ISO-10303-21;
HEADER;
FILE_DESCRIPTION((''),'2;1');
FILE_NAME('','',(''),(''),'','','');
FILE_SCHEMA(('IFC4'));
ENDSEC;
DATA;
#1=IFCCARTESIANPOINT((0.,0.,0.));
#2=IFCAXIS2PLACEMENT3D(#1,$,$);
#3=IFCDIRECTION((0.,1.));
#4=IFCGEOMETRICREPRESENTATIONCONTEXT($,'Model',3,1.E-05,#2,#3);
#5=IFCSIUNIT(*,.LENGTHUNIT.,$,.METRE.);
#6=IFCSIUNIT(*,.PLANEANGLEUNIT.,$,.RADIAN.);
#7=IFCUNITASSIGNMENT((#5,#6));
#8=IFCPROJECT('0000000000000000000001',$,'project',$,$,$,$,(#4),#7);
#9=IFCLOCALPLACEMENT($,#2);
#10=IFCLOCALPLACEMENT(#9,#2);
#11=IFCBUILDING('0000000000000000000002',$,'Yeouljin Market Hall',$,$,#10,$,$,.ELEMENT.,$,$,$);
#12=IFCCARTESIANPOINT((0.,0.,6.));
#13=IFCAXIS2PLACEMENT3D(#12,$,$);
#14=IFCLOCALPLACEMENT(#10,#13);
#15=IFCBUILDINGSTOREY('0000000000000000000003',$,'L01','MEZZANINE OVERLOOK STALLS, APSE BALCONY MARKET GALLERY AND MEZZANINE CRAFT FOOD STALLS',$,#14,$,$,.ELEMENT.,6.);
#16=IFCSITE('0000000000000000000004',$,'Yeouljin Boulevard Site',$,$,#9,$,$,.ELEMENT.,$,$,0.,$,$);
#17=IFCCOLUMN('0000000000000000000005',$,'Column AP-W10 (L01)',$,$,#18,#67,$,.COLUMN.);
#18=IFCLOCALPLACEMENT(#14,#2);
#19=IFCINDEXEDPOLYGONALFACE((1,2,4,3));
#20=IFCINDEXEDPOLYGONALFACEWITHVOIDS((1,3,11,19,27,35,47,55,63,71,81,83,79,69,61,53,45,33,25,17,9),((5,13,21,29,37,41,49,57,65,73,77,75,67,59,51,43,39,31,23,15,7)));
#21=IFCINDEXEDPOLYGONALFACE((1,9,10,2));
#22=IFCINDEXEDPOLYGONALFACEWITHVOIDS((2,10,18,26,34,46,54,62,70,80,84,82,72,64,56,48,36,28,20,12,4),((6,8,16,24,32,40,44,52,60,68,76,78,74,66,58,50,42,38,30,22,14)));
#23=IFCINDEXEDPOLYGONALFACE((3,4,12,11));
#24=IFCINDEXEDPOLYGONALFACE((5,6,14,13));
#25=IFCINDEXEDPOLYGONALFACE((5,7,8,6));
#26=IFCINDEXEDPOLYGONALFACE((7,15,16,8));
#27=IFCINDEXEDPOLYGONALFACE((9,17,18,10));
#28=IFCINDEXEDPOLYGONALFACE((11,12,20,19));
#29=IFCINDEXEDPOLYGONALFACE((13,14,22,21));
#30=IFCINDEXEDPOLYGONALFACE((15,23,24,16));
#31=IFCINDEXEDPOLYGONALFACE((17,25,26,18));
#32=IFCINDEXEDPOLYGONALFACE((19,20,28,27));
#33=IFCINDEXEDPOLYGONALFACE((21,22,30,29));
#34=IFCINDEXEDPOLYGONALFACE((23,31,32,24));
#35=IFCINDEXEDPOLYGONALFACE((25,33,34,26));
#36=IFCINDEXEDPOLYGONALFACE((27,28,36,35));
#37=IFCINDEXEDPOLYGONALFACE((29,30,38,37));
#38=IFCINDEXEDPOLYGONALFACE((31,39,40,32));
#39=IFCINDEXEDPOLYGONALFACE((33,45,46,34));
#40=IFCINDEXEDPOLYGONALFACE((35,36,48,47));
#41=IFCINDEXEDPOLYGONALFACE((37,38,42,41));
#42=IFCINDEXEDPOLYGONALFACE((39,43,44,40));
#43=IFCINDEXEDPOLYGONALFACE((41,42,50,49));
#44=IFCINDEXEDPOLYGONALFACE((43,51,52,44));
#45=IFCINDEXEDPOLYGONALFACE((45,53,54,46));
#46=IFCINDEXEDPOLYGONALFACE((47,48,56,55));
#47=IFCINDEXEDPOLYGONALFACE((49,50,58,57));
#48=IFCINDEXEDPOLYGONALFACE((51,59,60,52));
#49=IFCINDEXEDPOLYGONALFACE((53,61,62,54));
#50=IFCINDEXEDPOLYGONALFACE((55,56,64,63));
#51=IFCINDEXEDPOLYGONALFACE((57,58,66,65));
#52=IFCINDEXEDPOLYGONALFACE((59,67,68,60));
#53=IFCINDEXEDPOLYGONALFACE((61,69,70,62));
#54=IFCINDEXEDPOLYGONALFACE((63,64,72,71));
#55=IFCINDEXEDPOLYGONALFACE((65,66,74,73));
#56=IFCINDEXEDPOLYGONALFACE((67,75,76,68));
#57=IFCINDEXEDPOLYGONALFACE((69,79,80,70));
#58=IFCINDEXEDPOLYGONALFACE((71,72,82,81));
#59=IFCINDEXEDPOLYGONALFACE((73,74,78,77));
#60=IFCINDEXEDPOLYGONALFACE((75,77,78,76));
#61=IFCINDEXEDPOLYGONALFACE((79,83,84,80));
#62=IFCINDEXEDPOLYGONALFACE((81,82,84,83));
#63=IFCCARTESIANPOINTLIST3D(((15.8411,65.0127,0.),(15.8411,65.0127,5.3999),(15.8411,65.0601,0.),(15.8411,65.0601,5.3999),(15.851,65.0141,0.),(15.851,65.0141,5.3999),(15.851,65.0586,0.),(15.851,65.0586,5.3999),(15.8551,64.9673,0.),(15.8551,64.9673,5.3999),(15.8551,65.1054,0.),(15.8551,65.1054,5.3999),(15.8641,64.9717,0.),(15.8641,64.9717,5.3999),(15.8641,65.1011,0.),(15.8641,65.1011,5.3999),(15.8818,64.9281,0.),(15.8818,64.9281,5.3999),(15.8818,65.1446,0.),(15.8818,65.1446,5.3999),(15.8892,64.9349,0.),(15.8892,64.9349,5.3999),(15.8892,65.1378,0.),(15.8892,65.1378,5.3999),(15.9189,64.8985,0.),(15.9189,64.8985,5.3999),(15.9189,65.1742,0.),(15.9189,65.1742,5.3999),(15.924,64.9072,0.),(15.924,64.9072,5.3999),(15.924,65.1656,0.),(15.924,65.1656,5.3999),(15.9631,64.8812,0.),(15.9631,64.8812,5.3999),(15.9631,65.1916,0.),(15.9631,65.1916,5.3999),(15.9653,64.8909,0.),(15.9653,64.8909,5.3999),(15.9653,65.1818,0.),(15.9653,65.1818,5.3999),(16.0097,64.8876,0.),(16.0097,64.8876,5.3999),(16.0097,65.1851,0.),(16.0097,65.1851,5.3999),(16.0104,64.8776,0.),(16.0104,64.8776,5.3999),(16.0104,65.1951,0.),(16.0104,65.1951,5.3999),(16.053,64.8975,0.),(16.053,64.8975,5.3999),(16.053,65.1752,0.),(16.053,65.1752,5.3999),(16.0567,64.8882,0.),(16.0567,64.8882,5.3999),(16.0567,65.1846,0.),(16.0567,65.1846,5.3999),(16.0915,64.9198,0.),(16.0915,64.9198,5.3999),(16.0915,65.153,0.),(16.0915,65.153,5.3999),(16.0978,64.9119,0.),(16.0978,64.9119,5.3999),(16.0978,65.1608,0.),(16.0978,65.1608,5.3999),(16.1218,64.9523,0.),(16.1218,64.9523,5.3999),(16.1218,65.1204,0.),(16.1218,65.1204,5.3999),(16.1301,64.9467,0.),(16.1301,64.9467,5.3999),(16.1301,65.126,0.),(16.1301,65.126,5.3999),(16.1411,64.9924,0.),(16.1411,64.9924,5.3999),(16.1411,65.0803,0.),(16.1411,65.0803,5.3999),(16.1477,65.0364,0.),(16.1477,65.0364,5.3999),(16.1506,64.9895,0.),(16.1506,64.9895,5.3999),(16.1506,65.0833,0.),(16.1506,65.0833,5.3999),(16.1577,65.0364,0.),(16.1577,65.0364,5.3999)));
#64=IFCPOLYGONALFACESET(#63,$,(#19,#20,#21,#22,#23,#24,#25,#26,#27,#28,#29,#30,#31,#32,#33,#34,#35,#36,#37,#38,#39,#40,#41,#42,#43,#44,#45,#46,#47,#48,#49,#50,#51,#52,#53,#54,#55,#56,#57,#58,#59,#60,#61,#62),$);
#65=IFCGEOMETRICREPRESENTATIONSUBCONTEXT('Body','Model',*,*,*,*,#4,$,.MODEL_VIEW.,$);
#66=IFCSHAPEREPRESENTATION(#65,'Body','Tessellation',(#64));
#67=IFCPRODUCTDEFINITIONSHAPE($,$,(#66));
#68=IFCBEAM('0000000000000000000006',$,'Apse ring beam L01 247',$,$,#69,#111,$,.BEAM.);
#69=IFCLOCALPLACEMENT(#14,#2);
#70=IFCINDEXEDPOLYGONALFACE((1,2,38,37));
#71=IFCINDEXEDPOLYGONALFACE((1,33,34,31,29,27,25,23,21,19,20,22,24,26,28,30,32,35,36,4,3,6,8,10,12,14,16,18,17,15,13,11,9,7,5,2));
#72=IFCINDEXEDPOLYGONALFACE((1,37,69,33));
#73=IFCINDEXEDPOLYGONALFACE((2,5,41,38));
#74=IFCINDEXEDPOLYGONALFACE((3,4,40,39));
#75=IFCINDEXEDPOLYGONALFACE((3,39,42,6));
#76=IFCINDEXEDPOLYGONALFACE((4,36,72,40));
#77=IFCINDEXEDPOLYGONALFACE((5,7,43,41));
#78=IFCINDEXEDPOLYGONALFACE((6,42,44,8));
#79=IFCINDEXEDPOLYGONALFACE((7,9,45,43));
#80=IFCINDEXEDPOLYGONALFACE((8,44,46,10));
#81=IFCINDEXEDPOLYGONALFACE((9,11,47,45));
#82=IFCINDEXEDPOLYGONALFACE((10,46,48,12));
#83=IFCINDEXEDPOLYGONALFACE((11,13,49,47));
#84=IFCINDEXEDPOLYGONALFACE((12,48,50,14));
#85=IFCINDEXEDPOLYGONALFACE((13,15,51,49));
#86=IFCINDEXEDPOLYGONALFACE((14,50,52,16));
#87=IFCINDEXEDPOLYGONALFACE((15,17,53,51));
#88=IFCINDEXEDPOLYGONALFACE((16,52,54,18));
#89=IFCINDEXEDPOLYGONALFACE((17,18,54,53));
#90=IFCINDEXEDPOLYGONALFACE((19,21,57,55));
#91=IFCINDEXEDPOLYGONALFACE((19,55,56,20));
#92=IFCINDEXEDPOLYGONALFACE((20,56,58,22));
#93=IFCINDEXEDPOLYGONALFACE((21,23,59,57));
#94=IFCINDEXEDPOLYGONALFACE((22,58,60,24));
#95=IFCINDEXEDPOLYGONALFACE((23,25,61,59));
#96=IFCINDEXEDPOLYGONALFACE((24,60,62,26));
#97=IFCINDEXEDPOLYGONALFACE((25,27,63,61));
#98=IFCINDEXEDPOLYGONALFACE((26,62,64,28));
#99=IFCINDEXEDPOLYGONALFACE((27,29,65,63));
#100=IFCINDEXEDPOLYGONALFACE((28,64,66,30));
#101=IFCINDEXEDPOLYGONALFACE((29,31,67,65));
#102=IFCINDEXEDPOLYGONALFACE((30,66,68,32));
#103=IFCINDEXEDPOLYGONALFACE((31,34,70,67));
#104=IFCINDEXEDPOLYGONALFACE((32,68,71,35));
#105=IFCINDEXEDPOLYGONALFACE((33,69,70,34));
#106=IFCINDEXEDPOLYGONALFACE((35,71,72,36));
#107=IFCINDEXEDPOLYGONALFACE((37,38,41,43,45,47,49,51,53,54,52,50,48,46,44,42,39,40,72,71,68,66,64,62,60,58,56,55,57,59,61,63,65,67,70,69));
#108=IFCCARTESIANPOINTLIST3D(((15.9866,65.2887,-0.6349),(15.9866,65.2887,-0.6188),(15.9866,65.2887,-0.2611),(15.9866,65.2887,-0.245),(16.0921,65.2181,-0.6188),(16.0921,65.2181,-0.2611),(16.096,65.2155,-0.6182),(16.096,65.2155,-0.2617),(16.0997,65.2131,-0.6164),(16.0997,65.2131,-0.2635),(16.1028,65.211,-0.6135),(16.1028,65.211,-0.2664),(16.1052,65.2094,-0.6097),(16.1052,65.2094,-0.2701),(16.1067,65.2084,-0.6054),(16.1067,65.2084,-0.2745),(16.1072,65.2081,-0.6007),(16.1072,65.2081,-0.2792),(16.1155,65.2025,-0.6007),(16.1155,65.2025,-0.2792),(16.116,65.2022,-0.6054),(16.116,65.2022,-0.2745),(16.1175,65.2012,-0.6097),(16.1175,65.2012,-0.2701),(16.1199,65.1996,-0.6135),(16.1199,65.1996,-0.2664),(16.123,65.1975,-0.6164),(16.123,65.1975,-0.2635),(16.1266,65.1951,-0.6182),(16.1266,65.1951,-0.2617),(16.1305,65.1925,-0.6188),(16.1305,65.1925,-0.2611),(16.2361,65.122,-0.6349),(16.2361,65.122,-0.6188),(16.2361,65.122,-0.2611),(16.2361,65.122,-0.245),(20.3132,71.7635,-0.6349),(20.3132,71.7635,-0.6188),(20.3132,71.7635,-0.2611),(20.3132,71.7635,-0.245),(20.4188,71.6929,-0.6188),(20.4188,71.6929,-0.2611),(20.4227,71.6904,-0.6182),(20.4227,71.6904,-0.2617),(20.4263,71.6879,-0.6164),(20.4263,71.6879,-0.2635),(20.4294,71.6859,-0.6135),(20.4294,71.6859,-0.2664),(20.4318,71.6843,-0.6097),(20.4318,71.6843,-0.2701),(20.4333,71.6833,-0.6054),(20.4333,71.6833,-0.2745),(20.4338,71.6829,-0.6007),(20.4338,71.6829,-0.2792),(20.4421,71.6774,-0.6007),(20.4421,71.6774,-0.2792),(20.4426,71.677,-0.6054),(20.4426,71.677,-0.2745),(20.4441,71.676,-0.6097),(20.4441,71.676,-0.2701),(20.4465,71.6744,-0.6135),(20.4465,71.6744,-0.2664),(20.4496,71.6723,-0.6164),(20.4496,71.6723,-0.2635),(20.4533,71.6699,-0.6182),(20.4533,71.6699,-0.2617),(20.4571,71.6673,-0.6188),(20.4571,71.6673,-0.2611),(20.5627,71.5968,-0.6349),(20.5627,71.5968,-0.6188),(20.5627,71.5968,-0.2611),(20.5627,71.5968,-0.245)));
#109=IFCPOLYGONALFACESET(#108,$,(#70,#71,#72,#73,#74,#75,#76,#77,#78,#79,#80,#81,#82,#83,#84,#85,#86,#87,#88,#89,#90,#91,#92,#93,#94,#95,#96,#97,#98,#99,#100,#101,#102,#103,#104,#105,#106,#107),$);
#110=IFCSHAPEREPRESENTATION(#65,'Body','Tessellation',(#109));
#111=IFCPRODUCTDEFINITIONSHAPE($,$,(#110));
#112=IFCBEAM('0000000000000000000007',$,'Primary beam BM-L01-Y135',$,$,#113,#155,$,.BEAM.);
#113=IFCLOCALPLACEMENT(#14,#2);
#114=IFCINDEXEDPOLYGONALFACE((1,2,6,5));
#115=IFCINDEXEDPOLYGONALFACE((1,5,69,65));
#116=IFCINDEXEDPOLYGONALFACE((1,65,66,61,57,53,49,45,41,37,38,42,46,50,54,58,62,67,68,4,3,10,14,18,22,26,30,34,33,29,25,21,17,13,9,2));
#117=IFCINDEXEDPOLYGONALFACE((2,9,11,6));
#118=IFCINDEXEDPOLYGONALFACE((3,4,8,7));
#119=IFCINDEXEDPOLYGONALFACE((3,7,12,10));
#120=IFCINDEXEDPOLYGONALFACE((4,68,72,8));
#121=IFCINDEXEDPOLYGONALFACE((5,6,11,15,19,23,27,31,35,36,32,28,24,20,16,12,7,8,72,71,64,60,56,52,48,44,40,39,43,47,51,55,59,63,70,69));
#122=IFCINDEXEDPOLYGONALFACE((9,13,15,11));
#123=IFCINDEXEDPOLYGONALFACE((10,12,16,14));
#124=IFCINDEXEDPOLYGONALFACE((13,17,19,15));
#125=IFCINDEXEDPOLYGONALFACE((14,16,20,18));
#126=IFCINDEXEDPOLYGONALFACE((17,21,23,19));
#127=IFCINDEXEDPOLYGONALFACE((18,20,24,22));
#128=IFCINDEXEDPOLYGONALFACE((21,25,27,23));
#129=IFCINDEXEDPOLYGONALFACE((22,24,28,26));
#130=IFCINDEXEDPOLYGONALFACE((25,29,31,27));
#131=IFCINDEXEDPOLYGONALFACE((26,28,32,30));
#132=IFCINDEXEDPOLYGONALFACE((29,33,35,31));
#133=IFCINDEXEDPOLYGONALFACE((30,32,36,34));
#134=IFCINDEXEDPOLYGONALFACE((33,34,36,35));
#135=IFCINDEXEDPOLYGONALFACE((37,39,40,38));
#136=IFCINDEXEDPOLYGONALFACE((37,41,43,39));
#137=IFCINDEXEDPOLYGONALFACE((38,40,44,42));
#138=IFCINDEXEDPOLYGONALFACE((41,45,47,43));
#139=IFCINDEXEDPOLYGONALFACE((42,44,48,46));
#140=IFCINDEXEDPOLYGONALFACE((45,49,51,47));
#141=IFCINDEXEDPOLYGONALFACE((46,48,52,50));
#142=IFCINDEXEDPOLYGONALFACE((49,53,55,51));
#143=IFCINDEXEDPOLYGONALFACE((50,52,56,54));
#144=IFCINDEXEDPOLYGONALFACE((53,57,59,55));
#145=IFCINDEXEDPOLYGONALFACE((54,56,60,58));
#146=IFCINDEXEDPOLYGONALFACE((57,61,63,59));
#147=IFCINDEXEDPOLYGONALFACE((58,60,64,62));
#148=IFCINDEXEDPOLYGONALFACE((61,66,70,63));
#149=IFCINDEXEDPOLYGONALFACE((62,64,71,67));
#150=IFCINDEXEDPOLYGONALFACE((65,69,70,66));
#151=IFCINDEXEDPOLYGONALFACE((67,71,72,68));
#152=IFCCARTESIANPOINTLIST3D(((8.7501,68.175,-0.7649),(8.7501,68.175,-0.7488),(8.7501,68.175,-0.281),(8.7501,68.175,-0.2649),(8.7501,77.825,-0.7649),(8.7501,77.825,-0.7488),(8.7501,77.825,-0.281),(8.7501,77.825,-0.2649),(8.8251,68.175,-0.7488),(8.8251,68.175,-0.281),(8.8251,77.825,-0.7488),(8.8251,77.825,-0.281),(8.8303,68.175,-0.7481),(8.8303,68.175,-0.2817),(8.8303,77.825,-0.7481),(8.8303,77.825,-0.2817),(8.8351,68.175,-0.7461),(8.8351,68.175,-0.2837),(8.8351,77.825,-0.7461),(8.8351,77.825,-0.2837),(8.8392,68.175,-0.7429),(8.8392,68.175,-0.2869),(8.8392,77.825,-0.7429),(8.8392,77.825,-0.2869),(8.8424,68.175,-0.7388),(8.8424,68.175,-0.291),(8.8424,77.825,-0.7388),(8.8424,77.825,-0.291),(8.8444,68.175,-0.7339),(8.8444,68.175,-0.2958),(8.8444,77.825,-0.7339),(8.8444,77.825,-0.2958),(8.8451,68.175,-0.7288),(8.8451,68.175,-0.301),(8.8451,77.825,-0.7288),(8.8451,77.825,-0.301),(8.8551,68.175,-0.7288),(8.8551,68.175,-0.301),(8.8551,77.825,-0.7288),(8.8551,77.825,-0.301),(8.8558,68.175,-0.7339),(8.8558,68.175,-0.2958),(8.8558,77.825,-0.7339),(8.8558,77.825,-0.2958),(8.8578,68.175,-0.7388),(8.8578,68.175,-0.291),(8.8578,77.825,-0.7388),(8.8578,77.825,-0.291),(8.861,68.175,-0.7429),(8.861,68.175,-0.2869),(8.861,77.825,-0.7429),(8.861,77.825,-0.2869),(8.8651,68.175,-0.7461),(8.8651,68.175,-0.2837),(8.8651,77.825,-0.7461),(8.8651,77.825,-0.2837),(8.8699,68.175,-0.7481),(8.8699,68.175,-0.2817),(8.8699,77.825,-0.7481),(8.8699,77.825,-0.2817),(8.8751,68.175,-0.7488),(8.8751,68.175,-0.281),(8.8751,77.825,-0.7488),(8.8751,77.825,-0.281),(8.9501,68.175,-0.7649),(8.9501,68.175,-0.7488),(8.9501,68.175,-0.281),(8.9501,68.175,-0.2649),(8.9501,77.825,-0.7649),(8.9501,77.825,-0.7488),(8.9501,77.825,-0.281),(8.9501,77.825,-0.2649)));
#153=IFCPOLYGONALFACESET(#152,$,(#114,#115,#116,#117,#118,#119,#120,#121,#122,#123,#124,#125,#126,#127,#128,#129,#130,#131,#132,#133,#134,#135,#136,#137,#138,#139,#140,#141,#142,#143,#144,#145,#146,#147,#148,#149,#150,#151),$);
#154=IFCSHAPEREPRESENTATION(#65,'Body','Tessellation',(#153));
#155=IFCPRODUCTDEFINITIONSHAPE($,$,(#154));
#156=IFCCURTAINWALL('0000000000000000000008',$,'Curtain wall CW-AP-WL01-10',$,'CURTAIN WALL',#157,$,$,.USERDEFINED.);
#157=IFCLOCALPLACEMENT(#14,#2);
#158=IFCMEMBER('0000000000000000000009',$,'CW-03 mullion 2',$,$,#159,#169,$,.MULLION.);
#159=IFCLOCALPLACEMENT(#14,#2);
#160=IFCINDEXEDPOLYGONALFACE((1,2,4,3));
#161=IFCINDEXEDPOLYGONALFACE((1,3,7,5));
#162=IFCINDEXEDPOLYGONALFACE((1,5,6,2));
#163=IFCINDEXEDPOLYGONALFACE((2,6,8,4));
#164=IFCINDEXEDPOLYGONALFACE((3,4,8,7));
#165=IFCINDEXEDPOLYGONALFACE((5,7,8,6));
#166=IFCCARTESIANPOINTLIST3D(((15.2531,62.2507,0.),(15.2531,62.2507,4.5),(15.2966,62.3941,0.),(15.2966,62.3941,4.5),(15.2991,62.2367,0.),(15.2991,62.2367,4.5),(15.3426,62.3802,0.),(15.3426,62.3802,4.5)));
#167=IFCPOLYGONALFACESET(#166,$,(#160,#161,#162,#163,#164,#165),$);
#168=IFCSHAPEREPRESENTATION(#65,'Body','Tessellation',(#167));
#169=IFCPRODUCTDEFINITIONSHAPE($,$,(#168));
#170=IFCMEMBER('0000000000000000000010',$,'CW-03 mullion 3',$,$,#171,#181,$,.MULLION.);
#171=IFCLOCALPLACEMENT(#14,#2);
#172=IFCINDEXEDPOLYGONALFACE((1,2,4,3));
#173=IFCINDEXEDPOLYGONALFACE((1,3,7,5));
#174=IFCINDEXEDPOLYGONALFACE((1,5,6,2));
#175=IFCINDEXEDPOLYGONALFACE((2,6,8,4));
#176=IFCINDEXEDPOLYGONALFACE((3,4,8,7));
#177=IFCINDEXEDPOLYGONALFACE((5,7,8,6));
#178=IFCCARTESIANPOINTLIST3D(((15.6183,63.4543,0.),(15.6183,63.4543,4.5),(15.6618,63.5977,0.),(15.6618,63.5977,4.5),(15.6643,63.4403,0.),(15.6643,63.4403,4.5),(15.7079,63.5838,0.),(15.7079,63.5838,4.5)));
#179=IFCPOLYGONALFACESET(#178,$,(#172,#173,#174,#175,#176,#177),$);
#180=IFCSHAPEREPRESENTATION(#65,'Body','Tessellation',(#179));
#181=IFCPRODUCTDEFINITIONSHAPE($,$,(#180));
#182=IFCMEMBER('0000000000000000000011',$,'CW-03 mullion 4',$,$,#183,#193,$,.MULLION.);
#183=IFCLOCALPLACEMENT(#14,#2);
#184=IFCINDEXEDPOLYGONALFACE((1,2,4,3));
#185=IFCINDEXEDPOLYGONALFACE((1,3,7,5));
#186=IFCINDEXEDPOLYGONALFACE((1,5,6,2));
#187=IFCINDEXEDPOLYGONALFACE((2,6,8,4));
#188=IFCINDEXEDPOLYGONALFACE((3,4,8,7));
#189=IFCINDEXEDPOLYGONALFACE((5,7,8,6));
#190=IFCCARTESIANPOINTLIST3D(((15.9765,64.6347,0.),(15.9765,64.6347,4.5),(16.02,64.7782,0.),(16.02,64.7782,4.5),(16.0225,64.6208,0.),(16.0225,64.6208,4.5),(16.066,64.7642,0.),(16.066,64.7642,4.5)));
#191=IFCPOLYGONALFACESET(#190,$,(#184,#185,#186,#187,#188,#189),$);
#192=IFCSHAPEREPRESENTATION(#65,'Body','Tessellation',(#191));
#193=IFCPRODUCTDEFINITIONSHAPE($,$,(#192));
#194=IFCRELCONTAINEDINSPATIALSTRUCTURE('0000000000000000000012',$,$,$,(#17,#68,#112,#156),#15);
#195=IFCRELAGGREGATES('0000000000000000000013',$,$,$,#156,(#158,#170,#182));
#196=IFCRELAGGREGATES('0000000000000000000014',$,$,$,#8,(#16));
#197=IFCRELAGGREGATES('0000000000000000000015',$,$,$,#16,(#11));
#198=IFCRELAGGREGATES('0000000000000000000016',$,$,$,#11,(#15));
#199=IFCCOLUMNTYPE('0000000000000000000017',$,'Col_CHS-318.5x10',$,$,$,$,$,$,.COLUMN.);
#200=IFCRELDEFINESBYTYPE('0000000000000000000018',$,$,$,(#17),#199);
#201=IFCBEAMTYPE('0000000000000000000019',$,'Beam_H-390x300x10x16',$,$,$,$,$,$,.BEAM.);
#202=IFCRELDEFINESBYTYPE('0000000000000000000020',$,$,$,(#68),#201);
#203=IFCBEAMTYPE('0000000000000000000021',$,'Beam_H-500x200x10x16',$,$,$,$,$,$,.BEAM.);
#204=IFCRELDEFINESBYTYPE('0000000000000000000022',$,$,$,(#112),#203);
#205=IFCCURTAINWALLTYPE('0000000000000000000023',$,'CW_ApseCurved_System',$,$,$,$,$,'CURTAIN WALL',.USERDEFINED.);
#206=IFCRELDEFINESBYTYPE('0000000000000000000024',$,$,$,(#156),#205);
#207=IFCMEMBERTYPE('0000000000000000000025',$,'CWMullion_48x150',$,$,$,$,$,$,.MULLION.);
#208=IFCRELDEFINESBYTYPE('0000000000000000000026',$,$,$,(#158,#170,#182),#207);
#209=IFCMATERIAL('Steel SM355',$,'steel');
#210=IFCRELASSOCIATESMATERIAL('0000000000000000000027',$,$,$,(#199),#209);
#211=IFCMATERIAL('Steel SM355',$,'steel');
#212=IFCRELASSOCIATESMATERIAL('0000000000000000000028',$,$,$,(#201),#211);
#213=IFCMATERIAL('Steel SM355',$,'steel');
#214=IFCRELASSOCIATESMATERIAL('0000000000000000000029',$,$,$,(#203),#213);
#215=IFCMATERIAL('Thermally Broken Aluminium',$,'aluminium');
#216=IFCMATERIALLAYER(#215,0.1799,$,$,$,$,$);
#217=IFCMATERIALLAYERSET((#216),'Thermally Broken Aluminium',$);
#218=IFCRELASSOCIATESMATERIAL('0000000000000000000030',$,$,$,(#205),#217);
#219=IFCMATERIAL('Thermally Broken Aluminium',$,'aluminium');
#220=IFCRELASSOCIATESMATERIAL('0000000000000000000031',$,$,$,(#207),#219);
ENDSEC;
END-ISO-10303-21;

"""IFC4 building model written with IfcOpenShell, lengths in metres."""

from ifc_helpers import new_model, si_unit, direction, frame, origin, origin_2d, place, context, subcontext, project, spatial, rectangle, hollow_circle, i_section, extrude, material, layer, layer_set, material_profile, profile_set, type_object, element, aggregate, save


model = new_model("IFC4")

# Units and contexts
model_context = context("Model", 3, precision=1e-05, world=origin(), true_north=direction((0.0, 1.0)))
body_context = subcontext(model_context, "Body", "Model", "MODEL_VIEW")
ifc_project = project(units=[si_unit("LENGTHUNIT", "METRE"), si_unit("PLANEANGLEUNIT", "RADIAN")], contexts=[model_context])

# Site, building, storey
site_placement = place(None, origin())
site = spatial("IfcSite", under=ifc_project, at=site_placement, Name="Yeouljin Boulevard Site", CompositionType="ELEMENT", RefElevation=0.0)
building_placement = place(site_placement, origin())
building = spatial("IfcBuilding", under=site, at=building_placement, Name="Yeouljin Market Hall", CompositionType="ELEMENT")
storey_placement = place(building_placement, frame((0.0, 0.0, 6.0)))
storey = spatial("IfcBuildingStorey", under=building, at=storey_placement, Name="L01", Description="MEZZANINE OVERLOOK STALLS, APSE BALCONY MARKET GALLERY AND MEZZANINE CRAFT FOOD STALLS", CompositionType="ELEMENT", Elevation=6.0)

# Column
ifc_material_1 = material(Name="Steel SM355", Category="steel")
ifc_material_profile_1 = material_profile(ifc_material_1, hollow_circle(Radius=0.1592, WallThickness=0.01, at=origin_2d()), Name="CHS-318.5x10")
ifc_profile_set_1 = profile_set([ifc_material_profile_1], Name="Steel SM355")
column_type = type_object("IfcColumnType", Name="Col_CHS-318.5x10", PredefinedType="COLUMN", material=ifc_profile_set_1)
column_placement = place(storey_placement, frame((15.9985, 65.0364, 0.0), z_axis=(0.0, 0.0, 1.0), x_axis=(1.0, 0.0, 0.0)))
element("IfcColumn", 1, at=column_placement, inside=storey, type_object=column_type, Name="Column AP-W10 (L01)", PredefinedType="COLUMN", context=body_context, shape_type="SweptSolid", body=[
    extrude(hollow_circle(Radius=0.1592, WallThickness=0.01, at=origin_2d()), origin(), (0.0, 0.0, 1.0), 5.3999),
])

# Beams
ifc_material_2 = material(Name="Steel SM355", Category="steel")
ifc_material_profile_2 = material_profile(ifc_material_2, i_section(OverallWidth=0.3, OverallDepth=0.3899, WebThickness=0.01, FlangeThickness=0.0161, FilletRadius=0.0181, at=origin_2d()), Name="H-390x300x10x16")
ifc_profile_set_2 = profile_set([ifc_material_profile_2], Name="Steel SM355")
beam_type_1 = type_object("IfcBeamType", Name="Beam_H-390x300x10x16", PredefinedType="BEAM", material=ifc_profile_set_2)
beam_1_placement = place(storey_placement, frame((16.1113, 65.2053, -0.4399), z_axis=(0.555597, 0.831452, 0.0), x_axis=(-0.831452, 0.555597, 0.0)))
element("IfcBeam", 2, at=beam_1_placement, inside=storey, type_object=beam_type_1, Name="Apse ring beam L01 247", PredefinedType="BEAM", context=body_context, shape_type="SweptSolid", body=[
    extrude(i_section(OverallWidth=0.3, OverallDepth=0.3899, WebThickness=0.01, FlangeThickness=0.0161, FilletRadius=0.0181, at=origin_2d()), origin(), (0.0, 0.0, 1.0), 7.7874),
])
ifc_material_3 = material(Name="Steel SM355", Category="steel")
ifc_material_profile_3 = material_profile(ifc_material_3, i_section(OverallWidth=0.2, OverallDepth=0.5, WebThickness=0.01, FlangeThickness=0.0161, FilletRadius=0.02, at=origin_2d()), Name="H-500x200x10x16")
ifc_profile_set_3 = profile_set([ifc_material_profile_3], Name="Steel SM355")
beam_type_2 = type_object("IfcBeamType", Name="Beam_H-500x200x10x16", PredefinedType="BEAM", material=ifc_profile_set_3)
beam_2_placement = place(storey_placement, frame((8.8501, 68.175, -0.5149), z_axis=(0.0, 1.0, 0.0), x_axis=(-1.0, 0.0, 0.0)))
element("IfcBeam", 3, at=beam_2_placement, inside=storey, type_object=beam_type_2, Name="Primary beam BM-L01-Y135", PredefinedType="BEAM", context=body_context, shape_type="SweptSolid", body=[
    extrude(i_section(OverallWidth=0.2, OverallDepth=0.5, WebThickness=0.01, FlangeThickness=0.0161, FilletRadius=0.02, at=origin_2d()), origin(), (0.0, 0.0, 1.0), 9.6499),
])

# Curtain wall, members
ifc_material_4 = material(Name="Thermally Broken Aluminium", Category="aluminium")
ifc_layer_1 = layer(ifc_material_4, 0.1799)
ifc_layer_set_1 = layer_set([ifc_layer_1], Name="Thermally Broken Aluminium")
curtain_wall_type = type_object("IfcCurtainWallType", Name="CW_ApseCurved_System", ElementType="CURTAIN WALL", PredefinedType="USERDEFINED", material=ifc_layer_set_1)
curtain_wall_1_placement = place(storey_placement, origin())
curtain_wall_1 = element("IfcCurtainWall", 4, at=curtain_wall_1_placement, inside=storey, type_object=curtain_wall_type, Name="Curtain wall CW-AP-WL01-10", ObjectType="CURTAIN WALL", PredefinedType="USERDEFINED")
ifc_material_5 = material(Name="Thermally Broken Aluminium", Category="aluminium")
ifc_material_profile_4 = material_profile(ifc_material_5, rectangle(XDim=0.0481, YDim=0.1499, at=origin_2d()), Name="CW-MULL-48x150")
ifc_profile_set_4 = profile_set([ifc_material_profile_4], Name="Thermally Broken Aluminium")
member_type_1 = type_object("IfcMemberType", Name="CWMullion_48x150", PredefinedType="MULLION", material=ifc_profile_set_4)
member_1_placement = place(storey_placement, frame((15.2979, 62.3154, 0.0), z_axis=(0.0, 0.0, 1.0), x_axis=(-0.95694, 0.290286, 0.0)))
member_1 = element("IfcMember", 5, at=member_1_placement, type_object=member_type_1, Name="CW-03 mullion 2", PredefinedType="MULLION", context=body_context, shape_type="SweptSolid", body=[
    extrude(rectangle(XDim=0.0481, YDim=0.1499, at=origin_2d()), origin(), (0.0, 0.0, 1.0), 4.5),
])
member_2_placement = place(storey_placement, frame((15.6631, 63.519, 0.0), z_axis=(0.0, 0.0, 1.0), x_axis=(-0.95694, 0.290286, 0.0)))
member_2 = element("IfcMember", 6, at=member_2_placement, type_object=member_type_1, Name="CW-03 mullion 3", PredefinedType="MULLION", context=body_context, shape_type="SweptSolid", body=[
    extrude(rectangle(XDim=0.0481, YDim=0.1499, at=origin_2d()), origin(), (0.0, 0.0, 1.0), 4.5),
])
member_3_placement = place(storey_placement, frame((16.0212, 64.6995, 0.0), z_axis=(0.0, 0.0, 1.0), x_axis=(-0.95694, 0.290286, 0.0)))
member_3 = element("IfcMember", 7, at=member_3_placement, type_object=member_type_1, Name="CW-03 mullion 4", PredefinedType="MULLION", context=body_context, shape_type="SweptSolid", body=[
    extrude(rectangle(XDim=0.0481, YDim=0.1499, at=origin_2d()), origin(), (0.0, 0.0, 1.0), 4.5),
])

aggregate(curtain_wall_1, [member_1, member_2, member_3])

save(model, "model.ifc")
